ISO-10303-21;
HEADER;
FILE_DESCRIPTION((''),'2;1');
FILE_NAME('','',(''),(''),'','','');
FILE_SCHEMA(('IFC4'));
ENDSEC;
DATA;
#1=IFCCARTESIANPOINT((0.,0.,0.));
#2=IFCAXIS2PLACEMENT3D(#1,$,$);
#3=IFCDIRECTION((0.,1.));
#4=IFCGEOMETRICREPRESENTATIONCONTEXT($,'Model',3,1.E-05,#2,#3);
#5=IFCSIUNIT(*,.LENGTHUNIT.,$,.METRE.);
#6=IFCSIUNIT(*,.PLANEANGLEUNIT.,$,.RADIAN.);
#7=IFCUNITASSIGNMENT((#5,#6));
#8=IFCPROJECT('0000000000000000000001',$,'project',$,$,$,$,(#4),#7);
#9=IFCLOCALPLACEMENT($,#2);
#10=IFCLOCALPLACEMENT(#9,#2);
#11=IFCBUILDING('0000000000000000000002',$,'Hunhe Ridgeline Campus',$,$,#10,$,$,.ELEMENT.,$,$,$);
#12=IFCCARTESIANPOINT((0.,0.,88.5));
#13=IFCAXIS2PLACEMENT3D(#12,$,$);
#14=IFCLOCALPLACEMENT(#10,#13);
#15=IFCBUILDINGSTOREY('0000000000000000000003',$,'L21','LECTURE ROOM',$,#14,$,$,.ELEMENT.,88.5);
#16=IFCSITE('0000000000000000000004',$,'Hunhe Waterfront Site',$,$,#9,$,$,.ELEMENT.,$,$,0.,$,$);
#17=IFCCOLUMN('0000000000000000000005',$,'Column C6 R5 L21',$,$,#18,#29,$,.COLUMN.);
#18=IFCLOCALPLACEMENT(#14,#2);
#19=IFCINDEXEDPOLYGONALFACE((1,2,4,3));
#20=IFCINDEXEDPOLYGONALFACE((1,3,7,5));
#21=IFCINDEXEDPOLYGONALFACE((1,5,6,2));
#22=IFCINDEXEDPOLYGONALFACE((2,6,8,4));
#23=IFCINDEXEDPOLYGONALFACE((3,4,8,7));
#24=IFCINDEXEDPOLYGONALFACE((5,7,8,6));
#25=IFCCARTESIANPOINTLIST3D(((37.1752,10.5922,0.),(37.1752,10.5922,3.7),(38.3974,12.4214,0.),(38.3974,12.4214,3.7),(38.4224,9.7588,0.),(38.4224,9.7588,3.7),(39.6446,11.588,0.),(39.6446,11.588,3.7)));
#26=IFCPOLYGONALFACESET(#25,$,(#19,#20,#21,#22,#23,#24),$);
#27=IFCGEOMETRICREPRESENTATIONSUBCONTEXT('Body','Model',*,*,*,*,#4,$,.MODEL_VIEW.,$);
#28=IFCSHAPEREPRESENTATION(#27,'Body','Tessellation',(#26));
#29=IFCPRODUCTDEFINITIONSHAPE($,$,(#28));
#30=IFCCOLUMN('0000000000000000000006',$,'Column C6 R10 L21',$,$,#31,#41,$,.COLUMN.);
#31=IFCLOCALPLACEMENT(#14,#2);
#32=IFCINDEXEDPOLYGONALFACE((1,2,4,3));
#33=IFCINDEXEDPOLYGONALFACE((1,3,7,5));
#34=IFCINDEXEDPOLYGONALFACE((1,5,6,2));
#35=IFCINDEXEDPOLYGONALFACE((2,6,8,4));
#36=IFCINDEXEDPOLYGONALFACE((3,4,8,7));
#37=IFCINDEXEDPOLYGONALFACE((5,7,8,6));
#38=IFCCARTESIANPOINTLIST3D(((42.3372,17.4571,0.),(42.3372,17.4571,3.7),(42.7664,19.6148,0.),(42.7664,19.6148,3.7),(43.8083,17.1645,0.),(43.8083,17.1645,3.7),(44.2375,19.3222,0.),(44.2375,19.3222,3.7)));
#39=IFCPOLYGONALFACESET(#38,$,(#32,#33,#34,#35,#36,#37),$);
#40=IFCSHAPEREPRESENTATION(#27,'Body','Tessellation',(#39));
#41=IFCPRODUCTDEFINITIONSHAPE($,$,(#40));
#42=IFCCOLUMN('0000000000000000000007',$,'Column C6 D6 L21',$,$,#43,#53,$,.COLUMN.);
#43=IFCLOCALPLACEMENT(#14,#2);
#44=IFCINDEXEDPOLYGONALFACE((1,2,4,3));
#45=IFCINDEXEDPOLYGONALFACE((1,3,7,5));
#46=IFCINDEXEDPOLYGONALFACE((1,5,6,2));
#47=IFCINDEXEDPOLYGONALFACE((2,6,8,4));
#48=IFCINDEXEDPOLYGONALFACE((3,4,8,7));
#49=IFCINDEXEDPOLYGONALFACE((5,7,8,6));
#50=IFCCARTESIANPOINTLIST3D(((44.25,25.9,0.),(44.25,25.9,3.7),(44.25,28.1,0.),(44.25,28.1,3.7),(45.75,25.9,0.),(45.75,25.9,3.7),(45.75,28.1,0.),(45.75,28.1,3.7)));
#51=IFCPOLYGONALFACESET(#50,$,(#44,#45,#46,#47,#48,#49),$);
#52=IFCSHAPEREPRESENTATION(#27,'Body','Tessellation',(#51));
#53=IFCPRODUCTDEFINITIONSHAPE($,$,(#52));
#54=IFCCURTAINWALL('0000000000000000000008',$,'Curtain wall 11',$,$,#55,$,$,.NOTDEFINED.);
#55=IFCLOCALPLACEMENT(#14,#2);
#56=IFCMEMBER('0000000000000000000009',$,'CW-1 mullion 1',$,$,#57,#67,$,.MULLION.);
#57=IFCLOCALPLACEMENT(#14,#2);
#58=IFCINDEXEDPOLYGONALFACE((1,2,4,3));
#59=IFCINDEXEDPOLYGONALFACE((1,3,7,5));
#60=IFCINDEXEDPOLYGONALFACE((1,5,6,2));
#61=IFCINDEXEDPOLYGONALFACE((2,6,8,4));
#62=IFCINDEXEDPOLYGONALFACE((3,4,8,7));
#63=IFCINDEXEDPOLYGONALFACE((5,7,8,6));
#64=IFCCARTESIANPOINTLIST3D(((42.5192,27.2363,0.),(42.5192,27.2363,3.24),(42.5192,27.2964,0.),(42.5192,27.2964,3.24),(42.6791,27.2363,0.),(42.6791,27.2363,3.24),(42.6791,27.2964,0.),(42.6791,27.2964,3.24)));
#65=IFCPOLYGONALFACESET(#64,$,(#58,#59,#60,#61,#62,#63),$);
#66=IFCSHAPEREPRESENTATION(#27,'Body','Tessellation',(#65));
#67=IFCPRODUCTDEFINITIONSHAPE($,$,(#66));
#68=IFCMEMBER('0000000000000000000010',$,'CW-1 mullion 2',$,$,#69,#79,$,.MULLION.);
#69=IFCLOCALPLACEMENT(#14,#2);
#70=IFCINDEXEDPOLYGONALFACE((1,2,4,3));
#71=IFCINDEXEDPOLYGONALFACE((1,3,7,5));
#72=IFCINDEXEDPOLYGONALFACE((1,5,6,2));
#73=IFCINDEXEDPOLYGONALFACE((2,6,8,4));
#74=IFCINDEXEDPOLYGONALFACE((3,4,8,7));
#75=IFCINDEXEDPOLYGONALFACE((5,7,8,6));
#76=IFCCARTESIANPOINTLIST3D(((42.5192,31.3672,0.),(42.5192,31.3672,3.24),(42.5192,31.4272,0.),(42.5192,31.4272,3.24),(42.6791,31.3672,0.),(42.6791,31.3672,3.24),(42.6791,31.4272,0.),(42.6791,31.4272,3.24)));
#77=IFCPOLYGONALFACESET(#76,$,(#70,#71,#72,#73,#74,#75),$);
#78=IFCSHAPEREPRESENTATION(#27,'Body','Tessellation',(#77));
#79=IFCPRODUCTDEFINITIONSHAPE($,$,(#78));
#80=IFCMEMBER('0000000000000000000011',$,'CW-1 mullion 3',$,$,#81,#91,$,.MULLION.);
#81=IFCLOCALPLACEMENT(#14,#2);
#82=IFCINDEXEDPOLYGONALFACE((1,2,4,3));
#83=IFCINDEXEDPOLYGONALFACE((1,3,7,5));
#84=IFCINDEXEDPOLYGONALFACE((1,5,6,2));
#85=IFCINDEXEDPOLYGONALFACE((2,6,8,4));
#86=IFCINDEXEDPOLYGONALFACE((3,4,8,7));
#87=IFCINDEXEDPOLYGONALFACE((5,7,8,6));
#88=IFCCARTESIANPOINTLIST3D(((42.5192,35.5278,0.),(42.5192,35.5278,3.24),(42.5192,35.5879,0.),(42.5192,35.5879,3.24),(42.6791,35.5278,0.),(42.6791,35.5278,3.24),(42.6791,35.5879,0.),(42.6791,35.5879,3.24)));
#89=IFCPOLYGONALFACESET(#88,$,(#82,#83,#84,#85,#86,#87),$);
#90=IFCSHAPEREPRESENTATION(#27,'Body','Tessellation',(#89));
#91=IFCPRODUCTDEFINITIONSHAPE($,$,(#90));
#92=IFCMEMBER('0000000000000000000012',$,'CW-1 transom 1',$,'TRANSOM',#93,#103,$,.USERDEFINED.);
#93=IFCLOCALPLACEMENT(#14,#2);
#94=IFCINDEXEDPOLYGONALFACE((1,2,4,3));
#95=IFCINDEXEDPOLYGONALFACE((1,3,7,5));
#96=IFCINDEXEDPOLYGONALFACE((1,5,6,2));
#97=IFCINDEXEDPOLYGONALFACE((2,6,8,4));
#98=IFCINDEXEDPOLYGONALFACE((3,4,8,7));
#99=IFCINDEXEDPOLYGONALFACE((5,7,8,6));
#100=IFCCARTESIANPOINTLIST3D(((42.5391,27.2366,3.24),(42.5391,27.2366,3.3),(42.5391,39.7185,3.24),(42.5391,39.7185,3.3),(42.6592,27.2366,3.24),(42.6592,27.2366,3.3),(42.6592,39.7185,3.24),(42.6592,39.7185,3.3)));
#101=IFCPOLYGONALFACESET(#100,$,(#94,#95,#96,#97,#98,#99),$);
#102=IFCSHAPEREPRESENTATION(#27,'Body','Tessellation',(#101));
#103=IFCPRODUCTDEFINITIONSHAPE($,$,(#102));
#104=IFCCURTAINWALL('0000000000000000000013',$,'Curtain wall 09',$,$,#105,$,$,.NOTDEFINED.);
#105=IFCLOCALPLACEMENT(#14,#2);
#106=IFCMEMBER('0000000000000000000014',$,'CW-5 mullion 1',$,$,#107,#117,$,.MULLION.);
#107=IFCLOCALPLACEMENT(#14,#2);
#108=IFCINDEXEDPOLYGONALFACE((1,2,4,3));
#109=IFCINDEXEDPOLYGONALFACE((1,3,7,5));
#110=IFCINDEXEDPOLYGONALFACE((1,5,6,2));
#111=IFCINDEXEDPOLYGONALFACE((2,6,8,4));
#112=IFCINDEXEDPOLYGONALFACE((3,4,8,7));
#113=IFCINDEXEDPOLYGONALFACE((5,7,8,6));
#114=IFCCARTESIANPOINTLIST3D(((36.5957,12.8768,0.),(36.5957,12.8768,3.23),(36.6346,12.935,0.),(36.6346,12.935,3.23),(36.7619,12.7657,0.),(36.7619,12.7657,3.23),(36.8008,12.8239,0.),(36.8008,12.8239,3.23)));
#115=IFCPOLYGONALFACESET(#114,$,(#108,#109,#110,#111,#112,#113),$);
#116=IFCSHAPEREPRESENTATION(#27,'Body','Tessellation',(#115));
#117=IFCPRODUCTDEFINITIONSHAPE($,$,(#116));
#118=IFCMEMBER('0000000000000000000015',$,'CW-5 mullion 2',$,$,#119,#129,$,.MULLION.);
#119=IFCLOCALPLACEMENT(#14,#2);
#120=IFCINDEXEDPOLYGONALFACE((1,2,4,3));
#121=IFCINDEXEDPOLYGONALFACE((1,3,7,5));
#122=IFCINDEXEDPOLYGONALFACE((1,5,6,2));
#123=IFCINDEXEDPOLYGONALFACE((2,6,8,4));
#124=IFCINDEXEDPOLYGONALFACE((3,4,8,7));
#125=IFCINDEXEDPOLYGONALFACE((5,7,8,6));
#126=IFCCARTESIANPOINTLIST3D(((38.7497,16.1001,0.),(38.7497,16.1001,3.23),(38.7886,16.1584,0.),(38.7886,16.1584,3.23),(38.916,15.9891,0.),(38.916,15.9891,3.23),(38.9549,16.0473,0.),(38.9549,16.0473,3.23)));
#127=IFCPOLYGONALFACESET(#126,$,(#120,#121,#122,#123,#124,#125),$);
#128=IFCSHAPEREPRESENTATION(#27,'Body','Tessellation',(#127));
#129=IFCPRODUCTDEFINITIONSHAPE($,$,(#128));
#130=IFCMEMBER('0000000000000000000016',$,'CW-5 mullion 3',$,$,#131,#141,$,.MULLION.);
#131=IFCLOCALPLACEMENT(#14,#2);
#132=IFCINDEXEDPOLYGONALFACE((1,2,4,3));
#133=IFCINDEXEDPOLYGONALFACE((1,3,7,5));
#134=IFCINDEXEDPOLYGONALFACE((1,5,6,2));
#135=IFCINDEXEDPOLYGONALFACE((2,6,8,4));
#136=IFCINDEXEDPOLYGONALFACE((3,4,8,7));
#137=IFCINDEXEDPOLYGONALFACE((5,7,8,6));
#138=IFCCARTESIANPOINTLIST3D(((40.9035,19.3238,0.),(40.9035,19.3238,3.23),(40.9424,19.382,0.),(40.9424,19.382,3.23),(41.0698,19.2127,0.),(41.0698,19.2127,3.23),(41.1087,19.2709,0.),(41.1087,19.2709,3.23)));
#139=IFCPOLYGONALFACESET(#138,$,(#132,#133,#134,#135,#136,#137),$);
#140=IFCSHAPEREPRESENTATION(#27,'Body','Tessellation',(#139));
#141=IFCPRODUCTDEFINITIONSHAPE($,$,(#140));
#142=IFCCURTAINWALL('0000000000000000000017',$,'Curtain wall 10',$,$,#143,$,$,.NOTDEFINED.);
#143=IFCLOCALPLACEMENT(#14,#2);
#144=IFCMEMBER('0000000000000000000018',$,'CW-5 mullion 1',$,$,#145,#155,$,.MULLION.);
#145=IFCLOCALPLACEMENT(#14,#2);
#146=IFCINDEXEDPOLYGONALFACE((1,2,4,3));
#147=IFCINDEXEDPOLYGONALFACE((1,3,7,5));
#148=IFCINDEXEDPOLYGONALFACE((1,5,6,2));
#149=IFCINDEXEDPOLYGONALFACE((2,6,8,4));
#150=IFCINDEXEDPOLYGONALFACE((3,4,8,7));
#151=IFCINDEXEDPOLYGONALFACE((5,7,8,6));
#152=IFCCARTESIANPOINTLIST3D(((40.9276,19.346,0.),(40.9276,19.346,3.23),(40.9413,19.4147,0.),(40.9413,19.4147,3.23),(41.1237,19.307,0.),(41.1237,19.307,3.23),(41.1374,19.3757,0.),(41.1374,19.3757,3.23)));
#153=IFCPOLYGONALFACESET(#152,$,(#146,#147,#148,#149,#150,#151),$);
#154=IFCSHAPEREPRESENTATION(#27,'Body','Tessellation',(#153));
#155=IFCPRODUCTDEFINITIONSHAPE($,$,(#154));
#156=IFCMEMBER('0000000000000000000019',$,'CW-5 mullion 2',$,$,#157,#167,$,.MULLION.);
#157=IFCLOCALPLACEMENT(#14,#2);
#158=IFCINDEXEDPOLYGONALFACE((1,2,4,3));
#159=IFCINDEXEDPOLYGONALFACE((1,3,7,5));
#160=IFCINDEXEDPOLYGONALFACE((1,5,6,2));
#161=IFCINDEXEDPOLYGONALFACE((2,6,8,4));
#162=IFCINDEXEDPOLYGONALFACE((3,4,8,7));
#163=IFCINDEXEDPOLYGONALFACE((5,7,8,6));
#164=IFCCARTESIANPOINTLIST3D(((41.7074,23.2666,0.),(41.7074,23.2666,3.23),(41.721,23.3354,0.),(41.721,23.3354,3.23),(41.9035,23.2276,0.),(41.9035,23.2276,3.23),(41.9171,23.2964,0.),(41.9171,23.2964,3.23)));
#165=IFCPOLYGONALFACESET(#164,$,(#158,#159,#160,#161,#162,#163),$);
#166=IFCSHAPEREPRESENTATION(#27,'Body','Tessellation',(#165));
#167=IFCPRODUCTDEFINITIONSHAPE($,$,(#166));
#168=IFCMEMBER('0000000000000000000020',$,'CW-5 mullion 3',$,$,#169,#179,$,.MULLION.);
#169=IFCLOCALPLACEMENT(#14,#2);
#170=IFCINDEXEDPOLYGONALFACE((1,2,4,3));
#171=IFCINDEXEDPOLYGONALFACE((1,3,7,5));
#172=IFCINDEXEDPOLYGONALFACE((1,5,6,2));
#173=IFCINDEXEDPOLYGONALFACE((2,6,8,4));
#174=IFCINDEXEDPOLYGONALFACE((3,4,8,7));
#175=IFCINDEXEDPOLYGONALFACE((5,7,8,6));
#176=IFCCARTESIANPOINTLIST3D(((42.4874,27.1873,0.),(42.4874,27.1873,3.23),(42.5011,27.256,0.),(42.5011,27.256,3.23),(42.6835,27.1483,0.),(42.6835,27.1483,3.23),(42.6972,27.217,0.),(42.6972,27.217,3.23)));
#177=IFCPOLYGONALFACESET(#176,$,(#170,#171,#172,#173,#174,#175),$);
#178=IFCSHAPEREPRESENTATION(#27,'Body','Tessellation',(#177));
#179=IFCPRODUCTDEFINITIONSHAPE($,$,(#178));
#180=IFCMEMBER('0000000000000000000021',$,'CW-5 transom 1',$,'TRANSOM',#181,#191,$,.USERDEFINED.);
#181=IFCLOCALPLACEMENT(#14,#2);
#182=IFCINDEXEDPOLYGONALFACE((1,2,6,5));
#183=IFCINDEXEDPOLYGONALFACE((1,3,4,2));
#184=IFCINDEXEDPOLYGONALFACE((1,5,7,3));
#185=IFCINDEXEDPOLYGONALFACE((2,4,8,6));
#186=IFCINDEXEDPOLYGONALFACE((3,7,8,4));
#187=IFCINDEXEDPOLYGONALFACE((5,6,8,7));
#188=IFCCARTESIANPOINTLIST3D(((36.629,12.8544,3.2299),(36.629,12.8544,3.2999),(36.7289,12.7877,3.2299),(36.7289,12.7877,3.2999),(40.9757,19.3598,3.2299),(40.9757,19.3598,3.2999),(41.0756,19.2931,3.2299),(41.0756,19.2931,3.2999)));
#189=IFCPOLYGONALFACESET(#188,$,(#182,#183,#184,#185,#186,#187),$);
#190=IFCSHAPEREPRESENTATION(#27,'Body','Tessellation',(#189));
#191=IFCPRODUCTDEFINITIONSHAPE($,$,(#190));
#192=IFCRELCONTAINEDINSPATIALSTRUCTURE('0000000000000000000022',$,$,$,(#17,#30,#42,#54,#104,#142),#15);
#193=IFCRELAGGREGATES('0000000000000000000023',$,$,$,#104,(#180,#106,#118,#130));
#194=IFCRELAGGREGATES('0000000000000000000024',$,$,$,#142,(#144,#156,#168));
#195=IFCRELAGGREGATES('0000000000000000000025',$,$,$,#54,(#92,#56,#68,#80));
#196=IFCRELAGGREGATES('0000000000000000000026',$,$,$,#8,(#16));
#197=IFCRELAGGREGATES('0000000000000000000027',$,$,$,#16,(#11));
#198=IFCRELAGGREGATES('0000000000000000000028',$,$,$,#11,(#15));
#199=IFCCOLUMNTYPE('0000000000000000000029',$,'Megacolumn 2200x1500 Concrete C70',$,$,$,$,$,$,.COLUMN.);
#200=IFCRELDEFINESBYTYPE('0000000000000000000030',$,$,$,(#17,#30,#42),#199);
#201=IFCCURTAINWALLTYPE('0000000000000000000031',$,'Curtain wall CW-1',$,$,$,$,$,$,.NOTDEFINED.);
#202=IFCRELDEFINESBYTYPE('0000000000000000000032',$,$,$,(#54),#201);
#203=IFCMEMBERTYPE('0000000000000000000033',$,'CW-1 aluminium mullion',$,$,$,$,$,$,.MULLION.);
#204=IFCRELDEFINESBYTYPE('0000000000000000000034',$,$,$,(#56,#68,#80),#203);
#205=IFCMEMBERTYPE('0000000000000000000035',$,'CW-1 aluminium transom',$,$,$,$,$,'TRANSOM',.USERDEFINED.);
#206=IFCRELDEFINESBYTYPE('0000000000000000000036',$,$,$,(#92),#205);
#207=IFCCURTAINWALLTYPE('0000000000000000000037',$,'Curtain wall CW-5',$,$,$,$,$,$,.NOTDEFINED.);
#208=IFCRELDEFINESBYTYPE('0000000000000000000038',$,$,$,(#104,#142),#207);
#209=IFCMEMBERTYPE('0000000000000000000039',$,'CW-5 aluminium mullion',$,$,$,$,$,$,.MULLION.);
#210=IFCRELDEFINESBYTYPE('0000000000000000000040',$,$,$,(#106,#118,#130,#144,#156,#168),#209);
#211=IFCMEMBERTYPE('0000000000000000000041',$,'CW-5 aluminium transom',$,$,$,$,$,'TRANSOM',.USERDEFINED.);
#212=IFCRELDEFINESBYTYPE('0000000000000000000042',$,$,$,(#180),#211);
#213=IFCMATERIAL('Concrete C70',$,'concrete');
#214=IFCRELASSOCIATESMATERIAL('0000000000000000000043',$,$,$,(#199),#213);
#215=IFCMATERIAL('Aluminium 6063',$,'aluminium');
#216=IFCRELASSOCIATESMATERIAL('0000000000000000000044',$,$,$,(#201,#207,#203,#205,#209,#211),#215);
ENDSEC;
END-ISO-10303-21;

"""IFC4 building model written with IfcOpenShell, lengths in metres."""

from ifc_helpers import new_model, si_unit, direction, frame, origin, origin_2d, place, context, subcontext, project, spatial, rectangle, extrude, material, material_profile, profile_set, type_object, element, aggregate, save


model = new_model("IFC4")

# Units and contexts
model_context = context("Model", 3, precision=1e-05, world=origin(), true_north=direction((0.0, 1.0)))
body_context = subcontext(model_context, "Body", "Model", "MODEL_VIEW")
ifc_project = project(units=[si_unit("LENGTHUNIT", "METRE"), si_unit("PLANEANGLEUNIT", "RADIAN")], contexts=[model_context])

# Site, building, storey
site_placement = place(None, origin())
site = spatial("IfcSite", under=ifc_project, at=site_placement, Name="Hunhe Waterfront Site", CompositionType="ELEMENT", RefElevation=0.0)
building_placement = place(site_placement, origin())
building = spatial("IfcBuilding", under=site, at=building_placement, Name="Hunhe Ridgeline Campus", CompositionType="ELEMENT")
storey_placement = place(building_placement, frame((0.0, 0.0, 88.5)))
storey = spatial("IfcBuildingStorey", under=building, at=storey_placement, Name="L21", Description="LECTURE ROOM", CompositionType="ELEMENT", Elevation=88.5)

# Columns
ifc_material_1 = material(Name="Concrete C70", Category="concrete")
ifc_material_profile_1 = material_profile(ifc_material_1, rectangle(XDim=2.2, YDim=1.5, at=origin_2d()))
ifc_profile_set_1 = profile_set([ifc_material_profile_1], Name="Concrete C70")
column_type = type_object("IfcColumnType", Name="Megacolumn 2200x1500 Concrete C70", PredefinedType="COLUMN", material=ifc_profile_set_1)
for number, where, z_axis, x_axis, name in (
    (1, (38.4099, 11.0901, 0.0), (0.0, 0.0, 1.0), (0.55557, 0.83147, 0.0), "Column C6 R5 L21"),
    (2, (43.2874, 18.3896, 0.0), (0.0, 0.0, 1.0), (0.19509, 0.980785, 0.0), "Column C6 R10 L21"),
    (3, (45.0, 27.0, 0.0), (0.0, 0.0, 1.0), (0.0, 1.0, 0.0), "Column C6 D6 L21"),
):
    element("IfcColumn", number, at=place(storey_placement, frame(where, z_axis=z_axis, x_axis=x_axis)), inside=storey, type_object=column_type, Name=name, PredefinedType="COLUMN", context=body_context, shape_type="SweptSolid", body=[
        extrude(rectangle(XDim=2.2, YDim=1.5, at=origin_2d()), origin(), (0.0, 0.0, 1.0), 3.7),
    ])

# Curtain walls, members
ifc_material_2 = material(Name="Aluminium 6063", Category="aluminium")
curtain_wall_type_1 = type_object("IfcCurtainWallType", Name="Curtain wall CW-1", PredefinedType="NOTDEFINED", material=ifc_material_2)
curtain_wall_1_placement = place(storey_placement, origin())
curtain_wall_1 = element("IfcCurtainWall", 4, at=curtain_wall_1_placement, inside=storey, type_object=curtain_wall_type_1, Name="Curtain wall 11", PredefinedType="NOTDEFINED")
ifc_material_profile_2 = material_profile(ifc_material_2, rectangle(XDim=0.1599, YDim=0.0601, at=origin_2d()))
ifc_profile_set_2 = profile_set([ifc_material_profile_2], Name="Aluminium 6063")
member_type_1 = type_object("IfcMemberType", Name="CW-1 aluminium mullion", PredefinedType="MULLION", material=ifc_profile_set_2)
member_1_placement = place(storey_placement, frame((42.5991, 27.2664, 0.0), z_axis=(0.0, 0.0, 1.0), x_axis=(-1.0, 0.000011, 0.0)))
member_1 = element("IfcMember", 5, at=member_1_placement, type_object=member_type_1, Name="CW-1 mullion 1", PredefinedType="MULLION", context=body_context, shape_type="SweptSolid", body=[
    extrude(rectangle(XDim=0.1599, YDim=0.0601, at=origin_2d()), origin(), (0.0, 0.0, 1.0), 3.24),
])
member_2_placement = place(storey_placement, frame((42.5991, 31.3972, 0.0), z_axis=(0.0, 0.0, 1.0), x_axis=(-1.0, 0.000011, 0.0)))
member_2 = element("IfcMember", 6, at=member_2_placement, type_object=member_type_1, Name="CW-1 mullion 2", PredefinedType="MULLION", context=body_context, shape_type="SweptSolid", body=[
    extrude(rectangle(XDim=0.1599, YDim=0.0601, at=origin_2d()), origin(), (0.0, 0.0, 1.0), 3.24),
])
member_3_placement = place(storey_placement, frame((42.5991, 35.5579, 0.0), z_axis=(0.0, 0.0, 1.0), x_axis=(-1.0, 0.000011, 0.0)))
member_3 = element("IfcMember", 7, at=member_3_placement, type_object=member_type_1, Name="CW-1 mullion 3", PredefinedType="MULLION", context=body_context, shape_type="SweptSolid", body=[
    extrude(rectangle(XDim=0.1599, YDim=0.0601, at=origin_2d()), origin(), (0.0, 0.0, 1.0), 3.24),
])
ifc_material_profile_3 = material_profile(ifc_material_2, rectangle(XDim=0.1201, YDim=0.0601, at=origin_2d()))
ifc_profile_set_3 = profile_set([ifc_material_profile_3], Name="Aluminium 6063")
member_type_2 = type_object("IfcMemberType", Name="CW-1 aluminium transom", ElementType="TRANSOM", PredefinedType="USERDEFINED", material=ifc_profile_set_3)
member_4_placement = place(storey_placement, frame((42.5991, 27.2366, 3.27), z_axis=(0.0, 1.0, 0.0), x_axis=(-1.0, 0.0, 0.0)))
member_4 = element("IfcMember", 8, at=member_4_placement, type_object=member_type_2, Name="CW-1 transom 1", ObjectType="TRANSOM", PredefinedType="USERDEFINED", context=body_context, shape_type="SweptSolid", body=[
    extrude(rectangle(XDim=0.1201, YDim=0.0601, at=origin_2d()), origin(), (0.0, 0.0, 1.0), 12.4819),
])
curtain_wall_type_2 = type_object("IfcCurtainWallType", Name="Curtain wall CW-5", PredefinedType="NOTDEFINED", material=ifc_material_2)
curtain_wall_2_placement = place(storey_placement, origin())
curtain_wall_2 = element("IfcCurtainWall", 9, at=curtain_wall_2_placement, inside=storey, type_object=curtain_wall_type_2, Name="Curtain wall 09", PredefinedType="NOTDEFINED")
ifc_material_profile_4 = material_profile(ifc_material_2, rectangle(XDim=0.2, YDim=0.0701, at=origin_2d()))
ifc_profile_set_4 = profile_set([ifc_material_profile_4], Name="Aluminium 6063")
member_type_3 = type_object("IfcMemberType", Name="CW-5 aluminium mullion", PredefinedType="MULLION", material=ifc_profile_set_4)
member_5_placement = place(storey_placement, frame((36.6982, 12.8503, 0.0), z_axis=(0.0, 0.0, 1.0), x_axis=(-0.83147, 0.55557, 0.0)))
member_5 = element("IfcMember", 10, at=member_5_placement, type_object=member_type_3, Name="CW-5 mullion 1", PredefinedType="MULLION", context=body_context, shape_type="SweptSolid", body=[
    extrude(rectangle(XDim=0.2, YDim=0.0701, at=origin_2d()), origin(), (0.0, 0.0, 1.0), 3.23),
])
member_6_placement = place(storey_placement, frame((38.8523, 16.0737, 0.0), z_axis=(0.0, 0.0, 1.0), x_axis=(-0.83147, 0.55557, 0.0)))
member_6 = element("IfcMember", 11, at=member_6_placement, type_object=member_type_3, Name="CW-5 mullion 2", PredefinedType="MULLION", context=body_context, shape_type="SweptSolid", body=[
    extrude(rectangle(XDim=0.2, YDim=0.0701, at=origin_2d()), origin(), (0.0, 0.0, 1.0), 3.23),
])
member_7_placement = place(storey_placement, frame((41.0061, 19.2974, 0.0), z_axis=(0.0, 0.0, 1.0), x_axis=(-0.83147, 0.55557, 0.0)))
member_7 = element("IfcMember", 12, at=member_7_placement, type_object=member_type_3, Name="CW-5 mullion 3", PredefinedType="MULLION", context=body_context, shape_type="SweptSolid", body=[
    extrude(rectangle(XDim=0.2, YDim=0.0701, at=origin_2d()), origin(), (0.0, 0.0, 1.0), 3.23),
])
curtain_wall_3_placement = place(storey_placement, origin())
curtain_wall_3 = element("IfcCurtainWall", 13, at=curtain_wall_3_placement, inside=storey, type_object=curtain_wall_type_2, Name="Curtain wall 10", PredefinedType="NOTDEFINED")
member_8_placement = place(storey_placement, frame((41.0325, 19.3608, 0.0), z_axis=(0.0, 0.0, 1.0), x_axis=(-0.980785, 0.19509, 0.0)))
member_8 = element("IfcMember", 14, at=member_8_placement, type_object=member_type_3, Name="CW-5 mullion 1", PredefinedType="MULLION", context=body_context, shape_type="SweptSolid", body=[
    extrude(rectangle(XDim=0.2, YDim=0.0701, at=origin_2d()), origin(), (0.0, 0.0, 1.0), 3.23),
])
member_9_placement = place(storey_placement, frame((41.8123, 23.2815, 0.0), z_axis=(0.0, 0.0, 1.0), x_axis=(-0.980785, 0.19509, 0.0)))
member_9 = element("IfcMember", 15, at=member_9_placement, type_object=member_type_3, Name="CW-5 mullion 2", PredefinedType="MULLION", context=body_context, shape_type="SweptSolid", body=[
    extrude(rectangle(XDim=0.2, YDim=0.0701, at=origin_2d()), origin(), (0.0, 0.0, 1.0), 3.23),
])
member_10_placement = place(storey_placement, frame((42.5923, 27.2021, 0.0), z_axis=(0.0, 0.0, 1.0), x_axis=(-0.980785, 0.19509, 0.0)))
member_10 = element("IfcMember", 16, at=member_10_placement, type_object=member_type_3, Name="CW-5 mullion 3", PredefinedType="MULLION", context=body_context, shape_type="SweptSolid", body=[
    extrude(rectangle(XDim=0.2, YDim=0.0701, at=origin_2d()), origin(), (0.0, 0.0, 1.0), 3.23),
])

# Member
ifc_material_profile_5 = material_profile(ifc_material_2, rectangle(XDim=0.1201, YDim=0.0701, at=origin_2d()))
ifc_profile_set_5 = profile_set([ifc_material_profile_5], Name="Aluminium 6063")
member_type_4 = type_object("IfcMemberType", Name="CW-5 aluminium transom", ElementType="TRANSOM", PredefinedType="USERDEFINED", material=ifc_profile_set_5)
member_11_placement = place(storey_placement, frame((36.679, 12.821, 3.2649), z_axis=(0.555564, 0.831474, 0.0), x_axis=(-0.831474, 0.555564, 0.0)))
member_11 = element("IfcMember", 17, at=member_11_placement, type_object=member_type_4, Name="CW-5 transom 1", ObjectType="TRANSOM", PredefinedType="USERDEFINED", context=body_context, shape_type="SweptSolid", body=[
    extrude(rectangle(XDim=0.1201, YDim=0.0701, at=origin_2d()), origin(), (0.0, 0.0, 1.0), 7.824),
])

aggregate(curtain_wall_2, [member_11, member_5, member_6, member_7])
aggregate(curtain_wall_3, [member_8, member_9, member_10])
aggregate(curtain_wall_1, [member_4, member_1, member_2, member_3])

save(model, "model.ifc")
